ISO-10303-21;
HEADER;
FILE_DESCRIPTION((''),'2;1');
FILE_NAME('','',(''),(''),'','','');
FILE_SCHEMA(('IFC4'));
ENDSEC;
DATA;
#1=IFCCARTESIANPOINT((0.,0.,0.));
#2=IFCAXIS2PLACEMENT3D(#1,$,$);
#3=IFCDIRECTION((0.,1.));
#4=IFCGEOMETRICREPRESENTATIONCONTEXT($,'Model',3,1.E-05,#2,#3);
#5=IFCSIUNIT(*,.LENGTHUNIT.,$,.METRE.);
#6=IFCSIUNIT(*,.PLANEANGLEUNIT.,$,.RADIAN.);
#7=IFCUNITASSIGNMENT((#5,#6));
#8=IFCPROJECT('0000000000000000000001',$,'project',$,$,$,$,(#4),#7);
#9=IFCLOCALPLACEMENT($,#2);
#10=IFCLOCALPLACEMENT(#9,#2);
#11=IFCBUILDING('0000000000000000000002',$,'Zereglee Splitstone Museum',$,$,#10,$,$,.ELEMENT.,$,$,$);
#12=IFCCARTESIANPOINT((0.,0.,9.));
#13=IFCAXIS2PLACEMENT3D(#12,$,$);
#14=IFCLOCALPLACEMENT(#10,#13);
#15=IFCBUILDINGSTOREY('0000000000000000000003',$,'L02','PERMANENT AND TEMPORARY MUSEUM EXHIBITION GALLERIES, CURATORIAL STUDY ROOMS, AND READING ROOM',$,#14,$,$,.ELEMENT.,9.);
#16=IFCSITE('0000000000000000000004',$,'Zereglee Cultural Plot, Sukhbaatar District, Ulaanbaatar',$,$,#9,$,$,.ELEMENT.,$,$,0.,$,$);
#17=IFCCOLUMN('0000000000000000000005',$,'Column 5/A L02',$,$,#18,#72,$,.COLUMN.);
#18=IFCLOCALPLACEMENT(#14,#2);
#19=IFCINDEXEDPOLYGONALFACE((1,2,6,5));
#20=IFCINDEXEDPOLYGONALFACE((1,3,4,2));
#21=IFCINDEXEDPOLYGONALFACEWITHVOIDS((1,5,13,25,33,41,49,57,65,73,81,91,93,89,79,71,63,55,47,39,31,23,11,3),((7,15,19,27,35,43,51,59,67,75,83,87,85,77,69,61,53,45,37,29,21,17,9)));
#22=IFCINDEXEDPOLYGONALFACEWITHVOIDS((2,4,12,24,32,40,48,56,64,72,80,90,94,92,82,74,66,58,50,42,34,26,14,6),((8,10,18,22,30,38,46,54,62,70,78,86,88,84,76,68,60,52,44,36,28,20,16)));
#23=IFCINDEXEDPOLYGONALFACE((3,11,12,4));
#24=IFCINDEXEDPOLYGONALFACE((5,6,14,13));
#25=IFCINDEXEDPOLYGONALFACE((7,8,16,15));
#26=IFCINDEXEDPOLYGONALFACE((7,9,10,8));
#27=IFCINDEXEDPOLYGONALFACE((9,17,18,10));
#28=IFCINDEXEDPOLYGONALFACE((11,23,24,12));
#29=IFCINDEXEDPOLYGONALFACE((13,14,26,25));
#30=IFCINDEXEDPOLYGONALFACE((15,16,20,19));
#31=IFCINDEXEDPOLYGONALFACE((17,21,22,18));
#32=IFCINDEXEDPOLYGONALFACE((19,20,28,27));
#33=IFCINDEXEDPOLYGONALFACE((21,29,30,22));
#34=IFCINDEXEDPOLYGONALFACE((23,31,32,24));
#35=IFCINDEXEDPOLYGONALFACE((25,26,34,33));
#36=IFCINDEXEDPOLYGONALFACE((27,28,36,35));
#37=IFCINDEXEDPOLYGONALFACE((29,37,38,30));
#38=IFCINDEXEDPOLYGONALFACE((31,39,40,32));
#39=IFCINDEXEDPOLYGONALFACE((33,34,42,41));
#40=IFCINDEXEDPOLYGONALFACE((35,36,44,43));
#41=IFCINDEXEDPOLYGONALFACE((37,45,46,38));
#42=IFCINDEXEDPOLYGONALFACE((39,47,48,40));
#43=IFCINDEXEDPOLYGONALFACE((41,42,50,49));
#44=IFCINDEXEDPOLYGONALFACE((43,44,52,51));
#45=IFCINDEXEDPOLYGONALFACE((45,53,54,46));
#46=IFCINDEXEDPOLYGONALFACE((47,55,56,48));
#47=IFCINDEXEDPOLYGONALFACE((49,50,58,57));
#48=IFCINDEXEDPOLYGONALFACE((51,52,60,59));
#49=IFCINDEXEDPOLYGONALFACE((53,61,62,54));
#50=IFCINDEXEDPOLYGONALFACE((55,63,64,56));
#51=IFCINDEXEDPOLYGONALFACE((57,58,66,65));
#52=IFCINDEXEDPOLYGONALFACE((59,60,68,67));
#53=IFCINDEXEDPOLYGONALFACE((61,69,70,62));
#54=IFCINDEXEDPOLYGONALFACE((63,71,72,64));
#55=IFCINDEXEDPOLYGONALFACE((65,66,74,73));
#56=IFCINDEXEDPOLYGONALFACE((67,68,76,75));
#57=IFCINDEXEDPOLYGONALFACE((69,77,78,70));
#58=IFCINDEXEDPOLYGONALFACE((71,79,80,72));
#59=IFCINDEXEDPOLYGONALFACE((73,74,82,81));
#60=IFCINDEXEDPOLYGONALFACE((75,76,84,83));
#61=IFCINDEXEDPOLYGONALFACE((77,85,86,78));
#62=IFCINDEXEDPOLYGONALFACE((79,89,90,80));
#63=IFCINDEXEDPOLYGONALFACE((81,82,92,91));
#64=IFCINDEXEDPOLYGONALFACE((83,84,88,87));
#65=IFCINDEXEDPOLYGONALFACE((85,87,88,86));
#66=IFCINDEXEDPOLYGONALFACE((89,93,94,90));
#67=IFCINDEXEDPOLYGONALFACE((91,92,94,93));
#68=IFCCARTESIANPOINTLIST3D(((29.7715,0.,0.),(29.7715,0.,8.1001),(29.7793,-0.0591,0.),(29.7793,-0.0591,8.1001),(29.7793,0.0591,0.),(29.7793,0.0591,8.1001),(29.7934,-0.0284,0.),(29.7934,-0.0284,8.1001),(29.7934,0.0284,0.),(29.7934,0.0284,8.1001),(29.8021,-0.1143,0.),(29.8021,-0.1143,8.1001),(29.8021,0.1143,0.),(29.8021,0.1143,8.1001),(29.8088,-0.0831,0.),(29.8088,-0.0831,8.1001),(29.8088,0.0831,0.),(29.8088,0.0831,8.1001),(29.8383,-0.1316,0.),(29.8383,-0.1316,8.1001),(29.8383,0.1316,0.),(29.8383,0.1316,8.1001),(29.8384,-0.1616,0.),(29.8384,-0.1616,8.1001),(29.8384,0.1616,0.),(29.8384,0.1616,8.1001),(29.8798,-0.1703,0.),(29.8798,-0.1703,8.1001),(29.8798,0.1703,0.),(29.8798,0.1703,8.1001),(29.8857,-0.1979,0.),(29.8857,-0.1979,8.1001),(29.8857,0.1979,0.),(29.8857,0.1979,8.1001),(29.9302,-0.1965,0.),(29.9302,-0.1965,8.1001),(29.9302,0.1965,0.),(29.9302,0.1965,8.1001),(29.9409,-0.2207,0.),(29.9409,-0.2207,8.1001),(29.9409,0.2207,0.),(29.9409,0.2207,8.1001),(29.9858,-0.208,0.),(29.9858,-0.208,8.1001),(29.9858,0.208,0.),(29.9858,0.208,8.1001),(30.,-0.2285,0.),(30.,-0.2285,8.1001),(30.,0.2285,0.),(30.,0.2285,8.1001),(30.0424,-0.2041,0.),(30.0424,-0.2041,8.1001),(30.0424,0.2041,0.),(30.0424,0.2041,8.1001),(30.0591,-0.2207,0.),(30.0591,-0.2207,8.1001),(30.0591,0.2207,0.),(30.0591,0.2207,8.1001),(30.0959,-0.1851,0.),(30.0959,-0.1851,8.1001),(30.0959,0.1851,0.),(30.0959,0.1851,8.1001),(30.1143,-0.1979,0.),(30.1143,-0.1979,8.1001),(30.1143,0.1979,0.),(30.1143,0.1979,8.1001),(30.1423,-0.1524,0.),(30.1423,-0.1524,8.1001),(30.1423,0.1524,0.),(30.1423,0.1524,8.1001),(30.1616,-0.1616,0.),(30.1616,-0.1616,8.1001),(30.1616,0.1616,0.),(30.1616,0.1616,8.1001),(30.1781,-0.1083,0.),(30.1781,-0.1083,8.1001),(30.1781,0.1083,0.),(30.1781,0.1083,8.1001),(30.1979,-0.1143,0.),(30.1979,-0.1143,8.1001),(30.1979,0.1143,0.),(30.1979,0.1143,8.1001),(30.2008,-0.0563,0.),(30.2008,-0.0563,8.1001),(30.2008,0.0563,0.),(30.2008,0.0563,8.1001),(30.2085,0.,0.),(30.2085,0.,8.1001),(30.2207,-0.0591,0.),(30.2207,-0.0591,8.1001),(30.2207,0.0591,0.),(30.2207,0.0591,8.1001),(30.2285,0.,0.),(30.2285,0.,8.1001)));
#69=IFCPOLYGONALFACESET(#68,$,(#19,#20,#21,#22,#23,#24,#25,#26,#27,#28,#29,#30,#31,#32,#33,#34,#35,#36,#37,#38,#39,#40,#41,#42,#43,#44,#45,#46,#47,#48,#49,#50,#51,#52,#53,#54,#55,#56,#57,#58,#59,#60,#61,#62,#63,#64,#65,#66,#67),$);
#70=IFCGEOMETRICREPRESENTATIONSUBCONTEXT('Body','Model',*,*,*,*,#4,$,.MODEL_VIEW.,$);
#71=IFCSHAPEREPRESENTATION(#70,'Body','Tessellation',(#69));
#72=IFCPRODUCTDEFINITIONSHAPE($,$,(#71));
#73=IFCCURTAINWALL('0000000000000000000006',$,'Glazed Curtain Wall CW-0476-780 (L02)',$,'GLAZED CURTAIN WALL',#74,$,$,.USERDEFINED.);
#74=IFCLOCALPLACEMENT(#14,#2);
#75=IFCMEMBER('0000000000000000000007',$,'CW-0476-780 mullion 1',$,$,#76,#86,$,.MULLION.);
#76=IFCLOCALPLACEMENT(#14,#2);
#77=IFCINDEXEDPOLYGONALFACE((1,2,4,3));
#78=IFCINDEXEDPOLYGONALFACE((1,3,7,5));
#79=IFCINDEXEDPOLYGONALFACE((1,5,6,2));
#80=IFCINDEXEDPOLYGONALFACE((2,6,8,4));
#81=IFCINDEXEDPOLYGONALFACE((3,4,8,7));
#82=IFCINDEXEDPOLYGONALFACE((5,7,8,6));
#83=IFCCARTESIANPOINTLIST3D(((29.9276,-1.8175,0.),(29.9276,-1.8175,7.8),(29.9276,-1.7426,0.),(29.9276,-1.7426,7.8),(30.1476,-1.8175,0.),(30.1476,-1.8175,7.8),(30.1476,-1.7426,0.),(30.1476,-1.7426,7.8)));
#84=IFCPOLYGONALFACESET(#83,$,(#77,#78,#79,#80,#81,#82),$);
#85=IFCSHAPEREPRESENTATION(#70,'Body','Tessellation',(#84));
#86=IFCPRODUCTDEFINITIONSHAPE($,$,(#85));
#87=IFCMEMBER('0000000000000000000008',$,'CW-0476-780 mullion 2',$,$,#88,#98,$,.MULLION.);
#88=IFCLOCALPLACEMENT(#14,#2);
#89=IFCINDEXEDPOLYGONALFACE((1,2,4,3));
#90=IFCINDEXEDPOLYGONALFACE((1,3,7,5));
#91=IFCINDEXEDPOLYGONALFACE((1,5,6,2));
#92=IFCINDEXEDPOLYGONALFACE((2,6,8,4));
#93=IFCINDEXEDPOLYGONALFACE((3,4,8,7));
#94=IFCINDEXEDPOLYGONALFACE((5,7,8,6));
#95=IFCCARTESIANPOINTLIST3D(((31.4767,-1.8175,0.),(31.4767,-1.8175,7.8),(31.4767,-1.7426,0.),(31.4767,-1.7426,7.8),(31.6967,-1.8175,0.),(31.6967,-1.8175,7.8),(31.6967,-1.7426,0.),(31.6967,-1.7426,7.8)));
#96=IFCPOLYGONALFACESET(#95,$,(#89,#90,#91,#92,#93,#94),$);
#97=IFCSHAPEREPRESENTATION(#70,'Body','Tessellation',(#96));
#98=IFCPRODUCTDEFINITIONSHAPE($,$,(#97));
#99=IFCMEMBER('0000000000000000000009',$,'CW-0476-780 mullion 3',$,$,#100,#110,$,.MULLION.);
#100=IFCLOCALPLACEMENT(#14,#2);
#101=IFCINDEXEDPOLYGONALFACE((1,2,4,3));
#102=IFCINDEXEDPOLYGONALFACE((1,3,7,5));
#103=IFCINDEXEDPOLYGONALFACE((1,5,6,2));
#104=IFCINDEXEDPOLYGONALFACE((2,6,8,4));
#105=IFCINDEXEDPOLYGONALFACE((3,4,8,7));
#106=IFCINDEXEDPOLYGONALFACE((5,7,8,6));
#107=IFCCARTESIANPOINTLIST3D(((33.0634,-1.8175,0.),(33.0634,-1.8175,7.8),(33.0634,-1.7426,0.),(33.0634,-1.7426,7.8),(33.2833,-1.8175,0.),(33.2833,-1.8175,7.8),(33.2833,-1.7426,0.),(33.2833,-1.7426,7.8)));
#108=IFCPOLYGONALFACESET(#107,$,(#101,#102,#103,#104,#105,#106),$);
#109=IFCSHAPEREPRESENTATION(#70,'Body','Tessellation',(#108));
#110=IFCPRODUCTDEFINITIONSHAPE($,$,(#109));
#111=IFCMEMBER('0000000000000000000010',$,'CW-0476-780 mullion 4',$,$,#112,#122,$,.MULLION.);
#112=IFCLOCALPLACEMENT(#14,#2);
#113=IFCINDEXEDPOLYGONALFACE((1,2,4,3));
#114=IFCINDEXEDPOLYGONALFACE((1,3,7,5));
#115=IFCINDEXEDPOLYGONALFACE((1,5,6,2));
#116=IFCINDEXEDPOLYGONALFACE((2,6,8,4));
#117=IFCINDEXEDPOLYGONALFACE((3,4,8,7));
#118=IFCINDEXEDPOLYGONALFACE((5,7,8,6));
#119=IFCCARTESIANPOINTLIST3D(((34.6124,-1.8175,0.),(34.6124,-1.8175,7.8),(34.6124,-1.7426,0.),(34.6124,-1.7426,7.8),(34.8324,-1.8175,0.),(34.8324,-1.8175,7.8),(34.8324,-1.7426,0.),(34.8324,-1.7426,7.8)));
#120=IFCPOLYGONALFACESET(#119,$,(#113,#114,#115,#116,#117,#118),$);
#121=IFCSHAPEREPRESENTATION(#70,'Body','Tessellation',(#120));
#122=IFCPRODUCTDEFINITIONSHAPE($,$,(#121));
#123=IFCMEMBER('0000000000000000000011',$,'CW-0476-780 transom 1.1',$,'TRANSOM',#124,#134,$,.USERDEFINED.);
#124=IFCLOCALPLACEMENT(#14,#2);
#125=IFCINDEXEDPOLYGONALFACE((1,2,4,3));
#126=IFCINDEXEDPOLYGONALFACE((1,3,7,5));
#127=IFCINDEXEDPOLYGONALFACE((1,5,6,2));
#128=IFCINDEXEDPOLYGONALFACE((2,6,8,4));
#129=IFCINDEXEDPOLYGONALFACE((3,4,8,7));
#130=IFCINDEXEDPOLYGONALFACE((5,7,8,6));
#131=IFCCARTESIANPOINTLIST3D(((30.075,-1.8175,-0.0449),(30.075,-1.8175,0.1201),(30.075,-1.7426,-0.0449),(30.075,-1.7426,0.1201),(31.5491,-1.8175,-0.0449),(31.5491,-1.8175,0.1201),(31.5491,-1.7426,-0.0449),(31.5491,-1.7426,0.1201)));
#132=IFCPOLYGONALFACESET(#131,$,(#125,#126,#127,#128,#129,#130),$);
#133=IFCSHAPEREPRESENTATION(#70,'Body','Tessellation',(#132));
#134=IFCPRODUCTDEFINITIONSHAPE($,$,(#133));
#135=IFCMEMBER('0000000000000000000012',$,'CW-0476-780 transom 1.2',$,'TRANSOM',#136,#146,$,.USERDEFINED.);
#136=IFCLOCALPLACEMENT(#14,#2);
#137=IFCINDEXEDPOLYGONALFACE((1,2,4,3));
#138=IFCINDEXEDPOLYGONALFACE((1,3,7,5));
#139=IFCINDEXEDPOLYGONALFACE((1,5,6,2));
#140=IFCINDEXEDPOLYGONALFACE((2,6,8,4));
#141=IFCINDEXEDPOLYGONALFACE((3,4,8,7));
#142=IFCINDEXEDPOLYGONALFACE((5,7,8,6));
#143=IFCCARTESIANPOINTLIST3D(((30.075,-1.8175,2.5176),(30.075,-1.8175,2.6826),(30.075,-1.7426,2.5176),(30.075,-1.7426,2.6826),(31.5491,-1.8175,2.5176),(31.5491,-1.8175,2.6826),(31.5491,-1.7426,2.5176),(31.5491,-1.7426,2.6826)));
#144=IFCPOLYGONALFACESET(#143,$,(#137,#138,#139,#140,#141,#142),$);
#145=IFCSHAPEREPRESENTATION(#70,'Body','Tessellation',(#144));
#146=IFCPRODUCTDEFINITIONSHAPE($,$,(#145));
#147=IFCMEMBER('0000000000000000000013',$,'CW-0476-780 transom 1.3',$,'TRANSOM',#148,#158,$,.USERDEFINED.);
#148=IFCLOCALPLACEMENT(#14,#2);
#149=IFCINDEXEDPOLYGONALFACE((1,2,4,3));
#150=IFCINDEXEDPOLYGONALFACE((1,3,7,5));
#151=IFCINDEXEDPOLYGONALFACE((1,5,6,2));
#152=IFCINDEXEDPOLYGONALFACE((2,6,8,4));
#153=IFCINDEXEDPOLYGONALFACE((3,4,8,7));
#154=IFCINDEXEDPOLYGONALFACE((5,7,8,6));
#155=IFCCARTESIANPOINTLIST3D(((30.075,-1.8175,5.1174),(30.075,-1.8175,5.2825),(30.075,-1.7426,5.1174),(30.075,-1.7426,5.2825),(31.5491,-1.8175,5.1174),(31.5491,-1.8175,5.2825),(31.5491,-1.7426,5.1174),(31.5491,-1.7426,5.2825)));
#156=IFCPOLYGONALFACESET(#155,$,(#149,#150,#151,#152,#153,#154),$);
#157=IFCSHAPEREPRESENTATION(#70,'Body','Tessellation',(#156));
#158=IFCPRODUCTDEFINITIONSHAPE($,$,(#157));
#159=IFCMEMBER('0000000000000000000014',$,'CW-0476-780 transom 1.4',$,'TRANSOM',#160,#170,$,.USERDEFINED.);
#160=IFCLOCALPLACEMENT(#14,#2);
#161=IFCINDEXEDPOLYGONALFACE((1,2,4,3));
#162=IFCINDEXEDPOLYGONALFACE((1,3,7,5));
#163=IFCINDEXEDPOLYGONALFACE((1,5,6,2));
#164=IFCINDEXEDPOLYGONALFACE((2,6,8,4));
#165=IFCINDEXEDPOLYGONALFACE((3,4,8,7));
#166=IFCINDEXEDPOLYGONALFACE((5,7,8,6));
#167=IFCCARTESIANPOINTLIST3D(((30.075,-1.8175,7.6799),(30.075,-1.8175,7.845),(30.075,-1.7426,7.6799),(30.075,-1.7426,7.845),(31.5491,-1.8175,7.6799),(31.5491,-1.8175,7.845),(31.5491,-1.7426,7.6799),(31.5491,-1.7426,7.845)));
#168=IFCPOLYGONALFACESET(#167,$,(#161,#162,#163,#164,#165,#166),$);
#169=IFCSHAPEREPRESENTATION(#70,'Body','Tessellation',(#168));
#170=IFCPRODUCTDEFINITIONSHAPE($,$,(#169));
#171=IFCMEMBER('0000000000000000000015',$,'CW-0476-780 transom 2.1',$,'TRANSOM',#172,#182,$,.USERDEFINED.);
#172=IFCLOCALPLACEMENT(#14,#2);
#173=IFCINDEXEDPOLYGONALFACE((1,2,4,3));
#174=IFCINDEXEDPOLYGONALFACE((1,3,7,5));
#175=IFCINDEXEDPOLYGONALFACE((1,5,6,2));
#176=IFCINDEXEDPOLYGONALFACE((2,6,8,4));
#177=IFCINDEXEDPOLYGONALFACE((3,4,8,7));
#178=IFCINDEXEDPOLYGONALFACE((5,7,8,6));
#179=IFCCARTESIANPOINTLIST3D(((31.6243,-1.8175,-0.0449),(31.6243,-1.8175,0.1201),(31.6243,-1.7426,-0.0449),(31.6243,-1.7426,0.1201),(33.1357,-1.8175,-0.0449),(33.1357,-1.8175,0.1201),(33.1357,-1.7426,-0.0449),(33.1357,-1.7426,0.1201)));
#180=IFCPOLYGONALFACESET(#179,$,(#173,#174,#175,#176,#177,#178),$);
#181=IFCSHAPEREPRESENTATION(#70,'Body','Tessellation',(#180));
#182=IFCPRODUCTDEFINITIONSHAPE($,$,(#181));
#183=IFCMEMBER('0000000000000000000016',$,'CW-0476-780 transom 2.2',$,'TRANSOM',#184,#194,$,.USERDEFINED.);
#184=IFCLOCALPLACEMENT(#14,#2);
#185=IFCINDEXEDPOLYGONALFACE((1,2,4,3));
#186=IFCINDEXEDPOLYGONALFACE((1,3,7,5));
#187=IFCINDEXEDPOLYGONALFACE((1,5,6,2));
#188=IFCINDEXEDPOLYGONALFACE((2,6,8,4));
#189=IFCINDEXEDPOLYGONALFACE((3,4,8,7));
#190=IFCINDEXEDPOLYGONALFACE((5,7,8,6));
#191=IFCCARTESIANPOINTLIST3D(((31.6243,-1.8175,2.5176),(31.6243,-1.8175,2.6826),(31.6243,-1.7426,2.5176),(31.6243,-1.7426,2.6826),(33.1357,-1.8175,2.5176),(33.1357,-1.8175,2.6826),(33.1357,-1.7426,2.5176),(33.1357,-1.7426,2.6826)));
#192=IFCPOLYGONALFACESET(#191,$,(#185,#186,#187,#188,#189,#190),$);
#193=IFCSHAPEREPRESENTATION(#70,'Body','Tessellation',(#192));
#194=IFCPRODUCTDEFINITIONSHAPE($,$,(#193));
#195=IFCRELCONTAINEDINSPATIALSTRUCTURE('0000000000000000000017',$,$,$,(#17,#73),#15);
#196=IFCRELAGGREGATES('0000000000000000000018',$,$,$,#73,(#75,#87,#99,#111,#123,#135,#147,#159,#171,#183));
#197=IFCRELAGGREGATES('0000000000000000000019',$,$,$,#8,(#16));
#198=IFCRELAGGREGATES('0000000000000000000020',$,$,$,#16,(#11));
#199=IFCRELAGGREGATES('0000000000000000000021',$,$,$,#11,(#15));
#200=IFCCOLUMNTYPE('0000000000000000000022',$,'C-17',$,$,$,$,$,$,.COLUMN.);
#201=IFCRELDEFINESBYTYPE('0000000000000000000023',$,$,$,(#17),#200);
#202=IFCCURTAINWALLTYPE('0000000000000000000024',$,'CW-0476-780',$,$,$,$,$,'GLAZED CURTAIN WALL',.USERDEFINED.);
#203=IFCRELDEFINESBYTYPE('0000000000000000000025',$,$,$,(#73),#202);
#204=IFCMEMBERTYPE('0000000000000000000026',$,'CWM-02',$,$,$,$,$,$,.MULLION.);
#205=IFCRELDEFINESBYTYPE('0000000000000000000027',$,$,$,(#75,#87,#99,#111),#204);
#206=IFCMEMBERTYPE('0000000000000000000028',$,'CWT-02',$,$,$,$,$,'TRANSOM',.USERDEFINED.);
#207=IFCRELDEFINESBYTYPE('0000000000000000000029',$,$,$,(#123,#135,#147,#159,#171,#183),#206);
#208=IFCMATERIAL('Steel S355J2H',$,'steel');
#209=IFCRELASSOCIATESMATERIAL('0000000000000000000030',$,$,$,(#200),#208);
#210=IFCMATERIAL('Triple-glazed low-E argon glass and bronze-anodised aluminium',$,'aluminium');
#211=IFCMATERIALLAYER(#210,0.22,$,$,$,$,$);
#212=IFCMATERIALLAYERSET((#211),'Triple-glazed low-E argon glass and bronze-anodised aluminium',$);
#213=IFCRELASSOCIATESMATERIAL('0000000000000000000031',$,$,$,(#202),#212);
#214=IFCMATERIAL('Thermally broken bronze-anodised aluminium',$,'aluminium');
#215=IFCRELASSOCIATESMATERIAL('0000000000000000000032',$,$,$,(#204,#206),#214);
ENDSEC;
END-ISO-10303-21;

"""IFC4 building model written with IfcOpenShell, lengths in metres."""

from ifc_helpers import new_model, si_unit, direction, frame, origin, origin_2d, place, context, subcontext, project, spatial, rectangle, hollow_circle, extrude, material, layer, layer_set, material_profile, profile_set, type_object, element, aggregate, save


model = new_model("IFC4")

# Units and contexts
model_context = context("Model", 3, precision=1e-05, world=origin(), true_north=direction((0.0, 1.0)))
body_context = subcontext(model_context, "Body", "Model", "MODEL_VIEW")
ifc_project = project(units=[si_unit("LENGTHUNIT", "METRE"), si_unit("PLANEANGLEUNIT", "RADIAN")], contexts=[model_context])

# Site, building, storey
site_placement = place(None, origin())
site = spatial("IfcSite", under=ifc_project, at=site_placement, Name="Zereglee Cultural Plot, Sukhbaatar District, Ulaanbaatar", CompositionType="ELEMENT", RefElevation=0.0)
building_placement = place(site_placement, origin())
building = spatial("IfcBuilding", under=site, at=building_placement, Name="Zereglee Splitstone Museum", CompositionType="ELEMENT")
storey_placement = place(building_placement, frame((0.0, 0.0, 9.0)))
storey = spatial("IfcBuildingStorey", under=building, at=storey_placement, Name="L02", Description="PERMANENT AND TEMPORARY MUSEUM EXHIBITION GALLERIES, CURATORIAL STUDY ROOMS, AND READING ROOM", CompositionType="ELEMENT", Elevation=9.0)

# Column
ifc_material_1 = material(Name="Steel S355J2H", Category="steel")
ifc_material_profile_1 = material_profile(ifc_material_1, hollow_circle(Radius=0.2285, WallThickness=0.02, at=origin_2d()), Name="CHS 457.0x20")
ifc_profile_set_1 = profile_set([ifc_material_profile_1], Name="Steel S355J2H")
column_type = type_object("IfcColumnType", Name="C-17", PredefinedType="COLUMN", material=ifc_profile_set_1)
column_placement = place(storey_placement, frame((30.0, 0.0, 0.0), z_axis=(0.0, 0.0, 1.0), x_axis=(1.0, 0.0, 0.0)))
element("IfcColumn", 1, at=column_placement, inside=storey, type_object=column_type, Name="Column 5/A L02", PredefinedType="COLUMN", context=body_context, shape_type="SweptSolid", body=[
    extrude(hollow_circle(Radius=0.2285, WallThickness=0.02, at=origin_2d()), origin(), (0.0, 0.0, 1.0), 8.1001),
])

# Curtain wall, members
ifc_material_2 = material(Name="Triple-glazed low-E argon glass and bronze-anodised aluminium", Category="aluminium")
ifc_layer_1 = layer(ifc_material_2, 0.22)
ifc_layer_set_1 = layer_set([ifc_layer_1], Name="Triple-glazed low-E argon glass and bronze-anodised aluminium")
curtain_wall_type = type_object("IfcCurtainWallType", Name="CW-0476-780", ElementType="GLAZED CURTAIN WALL", PredefinedType="USERDEFINED", material=ifc_layer_set_1)
curtain_wall_placement = place(storey_placement, origin())
curtain_wall = element("IfcCurtainWall", 2, at=curtain_wall_placement, inside=storey, type_object=curtain_wall_type, Name="Glazed Curtain Wall CW-0476-780 (L02)", ObjectType="GLAZED CURTAIN WALL", PredefinedType="USERDEFINED")
ifc_material_3 = material(Name="Thermally broken bronze-anodised aluminium", Category="aluminium")
ifc_material_profile_2 = material_profile(ifc_material_3, rectangle(XDim=0.075, YDim=0.22, at=origin_2d()), Name="CW MULL 75x220")
ifc_profile_set_2 = profile_set([ifc_material_profile_2], Name="Thermally broken bronze-anodised aluminium")
member_type_1 = type_object("IfcMemberType", Name="CWM-02", PredefinedType="MULLION", material=ifc_profile_set_2)
member_1_placement = place(storey_placement, frame((30.0376, -1.78, 0.0), z_axis=(0.0, 0.0, 1.0), x_axis=(0.0, 1.0, 0.0)))
member_1 = element("IfcMember", 3, at=member_1_placement, type_object=member_type_1, Name="CW-0476-780 mullion 1", PredefinedType="MULLION", context=body_context, shape_type="SweptSolid", body=[
    extrude(rectangle(XDim=0.075, YDim=0.22, at=origin_2d()), origin(), (0.0, 0.0, 1.0), 7.8),
])
member_2_placement = place(storey_placement, frame((31.5867, -1.78, 0.0), z_axis=(0.0, 0.0, 1.0), x_axis=(0.0, 1.0, 0.0)))
member_2 = element("IfcMember", 4, at=member_2_placement, type_object=member_type_1, Name="CW-0476-780 mullion 2", PredefinedType="MULLION", context=body_context, shape_type="SweptSolid", body=[
    extrude(rectangle(XDim=0.075, YDim=0.22, at=origin_2d()), origin(), (0.0, 0.0, 1.0), 7.8),
])
member_3_placement = place(storey_placement, frame((33.1733, -1.78, 0.0), z_axis=(0.0, 0.0, 1.0), x_axis=(0.0, 1.0, 0.0)))
member_3 = element("IfcMember", 5, at=member_3_placement, type_object=member_type_1, Name="CW-0476-780 mullion 3", PredefinedType="MULLION", context=body_context, shape_type="SweptSolid", body=[
    extrude(rectangle(XDim=0.075, YDim=0.22, at=origin_2d()), origin(), (0.0, 0.0, 1.0), 7.8),
])
member_4_placement = place(storey_placement, frame((34.7224, -1.78, 0.0), z_axis=(0.0, 0.0, 1.0), x_axis=(0.0, 1.0, 0.0)))
member_4 = element("IfcMember", 6, at=member_4_placement, type_object=member_type_1, Name="CW-0476-780 mullion 4", PredefinedType="MULLION", context=body_context, shape_type="SweptSolid", body=[
    extrude(rectangle(XDim=0.075, YDim=0.22, at=origin_2d()), origin(), (0.0, 0.0, 1.0), 7.8),
])
ifc_material_profile_3 = material_profile(ifc_material_3, rectangle(XDim=0.075, YDim=0.165, at=origin_2d()), Name="CW TRAN 75x165")
ifc_profile_set_3 = profile_set([ifc_material_profile_3], Name="Thermally broken bronze-anodised aluminium")
member_type_2 = type_object("IfcMemberType", Name="CWT-02", ElementType="TRANSOM", PredefinedType="USERDEFINED", material=ifc_profile_set_3)
member_5_placement = place(storey_placement, frame((30.075, -1.78, 0.0376), z_axis=(1.0, 0.0, 0.0), x_axis=(0.0, 1.0, 0.0)))
member_5 = element("IfcMember", 7, at=member_5_placement, type_object=member_type_2, Name="CW-0476-780 transom 1.1", ObjectType="TRANSOM", PredefinedType="USERDEFINED", context=body_context, shape_type="SweptSolid", body=[
    extrude(rectangle(XDim=0.075, YDim=0.165, at=origin_2d()), origin(), (0.0, 0.0, 1.0), 1.4741),
])
member_6_placement = place(storey_placement, frame((30.075, -1.78, 2.6001), z_axis=(1.0, 0.0, 0.0), x_axis=(0.0, 1.0, 0.0)))
member_6 = element("IfcMember", 8, at=member_6_placement, type_object=member_type_2, Name="CW-0476-780 transom 1.2", ObjectType="TRANSOM", PredefinedType="USERDEFINED", context=body_context, shape_type="SweptSolid", body=[
    extrude(rectangle(XDim=0.075, YDim=0.165, at=origin_2d()), origin(), (0.0, 0.0, 1.0), 1.4741),
])
member_7_placement = place(storey_placement, frame((30.075, -1.78, 5.2), z_axis=(1.0, 0.0, 0.0), x_axis=(0.0, 1.0, 0.0)))
member_7 = element("IfcMember", 9, at=member_7_placement, type_object=member_type_2, Name="CW-0476-780 transom 1.3", ObjectType="TRANSOM", PredefinedType="USERDEFINED", context=body_context, shape_type="SweptSolid", body=[
    extrude(rectangle(XDim=0.075, YDim=0.165, at=origin_2d()), origin(), (0.0, 0.0, 1.0), 1.4741),
])
member_8_placement = place(storey_placement, frame((30.075, -1.78, 7.7625), z_axis=(1.0, 0.0, 0.0), x_axis=(0.0, 1.0, 0.0)))
member_8 = element("IfcMember", 10, at=member_8_placement, type_object=member_type_2, Name="CW-0476-780 transom 1.4", ObjectType="TRANSOM", PredefinedType="USERDEFINED", context=body_context, shape_type="SweptSolid", body=[
    extrude(rectangle(XDim=0.075, YDim=0.165, at=origin_2d()), origin(), (0.0, 0.0, 1.0), 1.4741),
])
member_9_placement = place(storey_placement, frame((31.6243, -1.78, 0.0376), z_axis=(1.0, 0.0, 0.0), x_axis=(0.0, 1.0, 0.0)))
member_9 = element("IfcMember", 11, at=member_9_placement, type_object=member_type_2, Name="CW-0476-780 transom 2.1", ObjectType="TRANSOM", PredefinedType="USERDEFINED", context=body_context, shape_type="SweptSolid", body=[
    extrude(rectangle(XDim=0.075, YDim=0.165, at=origin_2d()), origin(), (0.0, 0.0, 1.0), 1.5115),
])
member_10_placement = place(storey_placement, frame((31.6243, -1.78, 2.6001), z_axis=(1.0, 0.0, 0.0), x_axis=(0.0, 1.0, 0.0)))
member_10 = element("IfcMember", 12, at=member_10_placement, type_object=member_type_2, Name="CW-0476-780 transom 2.2", ObjectType="TRANSOM", PredefinedType="USERDEFINED", context=body_context, shape_type="SweptSolid", body=[
    extrude(rectangle(XDim=0.075, YDim=0.165, at=origin_2d()), origin(), (0.0, 0.0, 1.0), 1.5115),
])

aggregate(curtain_wall, [member_1, member_2, member_3, member_4, member_5, member_6, member_7, member_8, member_9, member_10])

save(model, "model.ifc")
